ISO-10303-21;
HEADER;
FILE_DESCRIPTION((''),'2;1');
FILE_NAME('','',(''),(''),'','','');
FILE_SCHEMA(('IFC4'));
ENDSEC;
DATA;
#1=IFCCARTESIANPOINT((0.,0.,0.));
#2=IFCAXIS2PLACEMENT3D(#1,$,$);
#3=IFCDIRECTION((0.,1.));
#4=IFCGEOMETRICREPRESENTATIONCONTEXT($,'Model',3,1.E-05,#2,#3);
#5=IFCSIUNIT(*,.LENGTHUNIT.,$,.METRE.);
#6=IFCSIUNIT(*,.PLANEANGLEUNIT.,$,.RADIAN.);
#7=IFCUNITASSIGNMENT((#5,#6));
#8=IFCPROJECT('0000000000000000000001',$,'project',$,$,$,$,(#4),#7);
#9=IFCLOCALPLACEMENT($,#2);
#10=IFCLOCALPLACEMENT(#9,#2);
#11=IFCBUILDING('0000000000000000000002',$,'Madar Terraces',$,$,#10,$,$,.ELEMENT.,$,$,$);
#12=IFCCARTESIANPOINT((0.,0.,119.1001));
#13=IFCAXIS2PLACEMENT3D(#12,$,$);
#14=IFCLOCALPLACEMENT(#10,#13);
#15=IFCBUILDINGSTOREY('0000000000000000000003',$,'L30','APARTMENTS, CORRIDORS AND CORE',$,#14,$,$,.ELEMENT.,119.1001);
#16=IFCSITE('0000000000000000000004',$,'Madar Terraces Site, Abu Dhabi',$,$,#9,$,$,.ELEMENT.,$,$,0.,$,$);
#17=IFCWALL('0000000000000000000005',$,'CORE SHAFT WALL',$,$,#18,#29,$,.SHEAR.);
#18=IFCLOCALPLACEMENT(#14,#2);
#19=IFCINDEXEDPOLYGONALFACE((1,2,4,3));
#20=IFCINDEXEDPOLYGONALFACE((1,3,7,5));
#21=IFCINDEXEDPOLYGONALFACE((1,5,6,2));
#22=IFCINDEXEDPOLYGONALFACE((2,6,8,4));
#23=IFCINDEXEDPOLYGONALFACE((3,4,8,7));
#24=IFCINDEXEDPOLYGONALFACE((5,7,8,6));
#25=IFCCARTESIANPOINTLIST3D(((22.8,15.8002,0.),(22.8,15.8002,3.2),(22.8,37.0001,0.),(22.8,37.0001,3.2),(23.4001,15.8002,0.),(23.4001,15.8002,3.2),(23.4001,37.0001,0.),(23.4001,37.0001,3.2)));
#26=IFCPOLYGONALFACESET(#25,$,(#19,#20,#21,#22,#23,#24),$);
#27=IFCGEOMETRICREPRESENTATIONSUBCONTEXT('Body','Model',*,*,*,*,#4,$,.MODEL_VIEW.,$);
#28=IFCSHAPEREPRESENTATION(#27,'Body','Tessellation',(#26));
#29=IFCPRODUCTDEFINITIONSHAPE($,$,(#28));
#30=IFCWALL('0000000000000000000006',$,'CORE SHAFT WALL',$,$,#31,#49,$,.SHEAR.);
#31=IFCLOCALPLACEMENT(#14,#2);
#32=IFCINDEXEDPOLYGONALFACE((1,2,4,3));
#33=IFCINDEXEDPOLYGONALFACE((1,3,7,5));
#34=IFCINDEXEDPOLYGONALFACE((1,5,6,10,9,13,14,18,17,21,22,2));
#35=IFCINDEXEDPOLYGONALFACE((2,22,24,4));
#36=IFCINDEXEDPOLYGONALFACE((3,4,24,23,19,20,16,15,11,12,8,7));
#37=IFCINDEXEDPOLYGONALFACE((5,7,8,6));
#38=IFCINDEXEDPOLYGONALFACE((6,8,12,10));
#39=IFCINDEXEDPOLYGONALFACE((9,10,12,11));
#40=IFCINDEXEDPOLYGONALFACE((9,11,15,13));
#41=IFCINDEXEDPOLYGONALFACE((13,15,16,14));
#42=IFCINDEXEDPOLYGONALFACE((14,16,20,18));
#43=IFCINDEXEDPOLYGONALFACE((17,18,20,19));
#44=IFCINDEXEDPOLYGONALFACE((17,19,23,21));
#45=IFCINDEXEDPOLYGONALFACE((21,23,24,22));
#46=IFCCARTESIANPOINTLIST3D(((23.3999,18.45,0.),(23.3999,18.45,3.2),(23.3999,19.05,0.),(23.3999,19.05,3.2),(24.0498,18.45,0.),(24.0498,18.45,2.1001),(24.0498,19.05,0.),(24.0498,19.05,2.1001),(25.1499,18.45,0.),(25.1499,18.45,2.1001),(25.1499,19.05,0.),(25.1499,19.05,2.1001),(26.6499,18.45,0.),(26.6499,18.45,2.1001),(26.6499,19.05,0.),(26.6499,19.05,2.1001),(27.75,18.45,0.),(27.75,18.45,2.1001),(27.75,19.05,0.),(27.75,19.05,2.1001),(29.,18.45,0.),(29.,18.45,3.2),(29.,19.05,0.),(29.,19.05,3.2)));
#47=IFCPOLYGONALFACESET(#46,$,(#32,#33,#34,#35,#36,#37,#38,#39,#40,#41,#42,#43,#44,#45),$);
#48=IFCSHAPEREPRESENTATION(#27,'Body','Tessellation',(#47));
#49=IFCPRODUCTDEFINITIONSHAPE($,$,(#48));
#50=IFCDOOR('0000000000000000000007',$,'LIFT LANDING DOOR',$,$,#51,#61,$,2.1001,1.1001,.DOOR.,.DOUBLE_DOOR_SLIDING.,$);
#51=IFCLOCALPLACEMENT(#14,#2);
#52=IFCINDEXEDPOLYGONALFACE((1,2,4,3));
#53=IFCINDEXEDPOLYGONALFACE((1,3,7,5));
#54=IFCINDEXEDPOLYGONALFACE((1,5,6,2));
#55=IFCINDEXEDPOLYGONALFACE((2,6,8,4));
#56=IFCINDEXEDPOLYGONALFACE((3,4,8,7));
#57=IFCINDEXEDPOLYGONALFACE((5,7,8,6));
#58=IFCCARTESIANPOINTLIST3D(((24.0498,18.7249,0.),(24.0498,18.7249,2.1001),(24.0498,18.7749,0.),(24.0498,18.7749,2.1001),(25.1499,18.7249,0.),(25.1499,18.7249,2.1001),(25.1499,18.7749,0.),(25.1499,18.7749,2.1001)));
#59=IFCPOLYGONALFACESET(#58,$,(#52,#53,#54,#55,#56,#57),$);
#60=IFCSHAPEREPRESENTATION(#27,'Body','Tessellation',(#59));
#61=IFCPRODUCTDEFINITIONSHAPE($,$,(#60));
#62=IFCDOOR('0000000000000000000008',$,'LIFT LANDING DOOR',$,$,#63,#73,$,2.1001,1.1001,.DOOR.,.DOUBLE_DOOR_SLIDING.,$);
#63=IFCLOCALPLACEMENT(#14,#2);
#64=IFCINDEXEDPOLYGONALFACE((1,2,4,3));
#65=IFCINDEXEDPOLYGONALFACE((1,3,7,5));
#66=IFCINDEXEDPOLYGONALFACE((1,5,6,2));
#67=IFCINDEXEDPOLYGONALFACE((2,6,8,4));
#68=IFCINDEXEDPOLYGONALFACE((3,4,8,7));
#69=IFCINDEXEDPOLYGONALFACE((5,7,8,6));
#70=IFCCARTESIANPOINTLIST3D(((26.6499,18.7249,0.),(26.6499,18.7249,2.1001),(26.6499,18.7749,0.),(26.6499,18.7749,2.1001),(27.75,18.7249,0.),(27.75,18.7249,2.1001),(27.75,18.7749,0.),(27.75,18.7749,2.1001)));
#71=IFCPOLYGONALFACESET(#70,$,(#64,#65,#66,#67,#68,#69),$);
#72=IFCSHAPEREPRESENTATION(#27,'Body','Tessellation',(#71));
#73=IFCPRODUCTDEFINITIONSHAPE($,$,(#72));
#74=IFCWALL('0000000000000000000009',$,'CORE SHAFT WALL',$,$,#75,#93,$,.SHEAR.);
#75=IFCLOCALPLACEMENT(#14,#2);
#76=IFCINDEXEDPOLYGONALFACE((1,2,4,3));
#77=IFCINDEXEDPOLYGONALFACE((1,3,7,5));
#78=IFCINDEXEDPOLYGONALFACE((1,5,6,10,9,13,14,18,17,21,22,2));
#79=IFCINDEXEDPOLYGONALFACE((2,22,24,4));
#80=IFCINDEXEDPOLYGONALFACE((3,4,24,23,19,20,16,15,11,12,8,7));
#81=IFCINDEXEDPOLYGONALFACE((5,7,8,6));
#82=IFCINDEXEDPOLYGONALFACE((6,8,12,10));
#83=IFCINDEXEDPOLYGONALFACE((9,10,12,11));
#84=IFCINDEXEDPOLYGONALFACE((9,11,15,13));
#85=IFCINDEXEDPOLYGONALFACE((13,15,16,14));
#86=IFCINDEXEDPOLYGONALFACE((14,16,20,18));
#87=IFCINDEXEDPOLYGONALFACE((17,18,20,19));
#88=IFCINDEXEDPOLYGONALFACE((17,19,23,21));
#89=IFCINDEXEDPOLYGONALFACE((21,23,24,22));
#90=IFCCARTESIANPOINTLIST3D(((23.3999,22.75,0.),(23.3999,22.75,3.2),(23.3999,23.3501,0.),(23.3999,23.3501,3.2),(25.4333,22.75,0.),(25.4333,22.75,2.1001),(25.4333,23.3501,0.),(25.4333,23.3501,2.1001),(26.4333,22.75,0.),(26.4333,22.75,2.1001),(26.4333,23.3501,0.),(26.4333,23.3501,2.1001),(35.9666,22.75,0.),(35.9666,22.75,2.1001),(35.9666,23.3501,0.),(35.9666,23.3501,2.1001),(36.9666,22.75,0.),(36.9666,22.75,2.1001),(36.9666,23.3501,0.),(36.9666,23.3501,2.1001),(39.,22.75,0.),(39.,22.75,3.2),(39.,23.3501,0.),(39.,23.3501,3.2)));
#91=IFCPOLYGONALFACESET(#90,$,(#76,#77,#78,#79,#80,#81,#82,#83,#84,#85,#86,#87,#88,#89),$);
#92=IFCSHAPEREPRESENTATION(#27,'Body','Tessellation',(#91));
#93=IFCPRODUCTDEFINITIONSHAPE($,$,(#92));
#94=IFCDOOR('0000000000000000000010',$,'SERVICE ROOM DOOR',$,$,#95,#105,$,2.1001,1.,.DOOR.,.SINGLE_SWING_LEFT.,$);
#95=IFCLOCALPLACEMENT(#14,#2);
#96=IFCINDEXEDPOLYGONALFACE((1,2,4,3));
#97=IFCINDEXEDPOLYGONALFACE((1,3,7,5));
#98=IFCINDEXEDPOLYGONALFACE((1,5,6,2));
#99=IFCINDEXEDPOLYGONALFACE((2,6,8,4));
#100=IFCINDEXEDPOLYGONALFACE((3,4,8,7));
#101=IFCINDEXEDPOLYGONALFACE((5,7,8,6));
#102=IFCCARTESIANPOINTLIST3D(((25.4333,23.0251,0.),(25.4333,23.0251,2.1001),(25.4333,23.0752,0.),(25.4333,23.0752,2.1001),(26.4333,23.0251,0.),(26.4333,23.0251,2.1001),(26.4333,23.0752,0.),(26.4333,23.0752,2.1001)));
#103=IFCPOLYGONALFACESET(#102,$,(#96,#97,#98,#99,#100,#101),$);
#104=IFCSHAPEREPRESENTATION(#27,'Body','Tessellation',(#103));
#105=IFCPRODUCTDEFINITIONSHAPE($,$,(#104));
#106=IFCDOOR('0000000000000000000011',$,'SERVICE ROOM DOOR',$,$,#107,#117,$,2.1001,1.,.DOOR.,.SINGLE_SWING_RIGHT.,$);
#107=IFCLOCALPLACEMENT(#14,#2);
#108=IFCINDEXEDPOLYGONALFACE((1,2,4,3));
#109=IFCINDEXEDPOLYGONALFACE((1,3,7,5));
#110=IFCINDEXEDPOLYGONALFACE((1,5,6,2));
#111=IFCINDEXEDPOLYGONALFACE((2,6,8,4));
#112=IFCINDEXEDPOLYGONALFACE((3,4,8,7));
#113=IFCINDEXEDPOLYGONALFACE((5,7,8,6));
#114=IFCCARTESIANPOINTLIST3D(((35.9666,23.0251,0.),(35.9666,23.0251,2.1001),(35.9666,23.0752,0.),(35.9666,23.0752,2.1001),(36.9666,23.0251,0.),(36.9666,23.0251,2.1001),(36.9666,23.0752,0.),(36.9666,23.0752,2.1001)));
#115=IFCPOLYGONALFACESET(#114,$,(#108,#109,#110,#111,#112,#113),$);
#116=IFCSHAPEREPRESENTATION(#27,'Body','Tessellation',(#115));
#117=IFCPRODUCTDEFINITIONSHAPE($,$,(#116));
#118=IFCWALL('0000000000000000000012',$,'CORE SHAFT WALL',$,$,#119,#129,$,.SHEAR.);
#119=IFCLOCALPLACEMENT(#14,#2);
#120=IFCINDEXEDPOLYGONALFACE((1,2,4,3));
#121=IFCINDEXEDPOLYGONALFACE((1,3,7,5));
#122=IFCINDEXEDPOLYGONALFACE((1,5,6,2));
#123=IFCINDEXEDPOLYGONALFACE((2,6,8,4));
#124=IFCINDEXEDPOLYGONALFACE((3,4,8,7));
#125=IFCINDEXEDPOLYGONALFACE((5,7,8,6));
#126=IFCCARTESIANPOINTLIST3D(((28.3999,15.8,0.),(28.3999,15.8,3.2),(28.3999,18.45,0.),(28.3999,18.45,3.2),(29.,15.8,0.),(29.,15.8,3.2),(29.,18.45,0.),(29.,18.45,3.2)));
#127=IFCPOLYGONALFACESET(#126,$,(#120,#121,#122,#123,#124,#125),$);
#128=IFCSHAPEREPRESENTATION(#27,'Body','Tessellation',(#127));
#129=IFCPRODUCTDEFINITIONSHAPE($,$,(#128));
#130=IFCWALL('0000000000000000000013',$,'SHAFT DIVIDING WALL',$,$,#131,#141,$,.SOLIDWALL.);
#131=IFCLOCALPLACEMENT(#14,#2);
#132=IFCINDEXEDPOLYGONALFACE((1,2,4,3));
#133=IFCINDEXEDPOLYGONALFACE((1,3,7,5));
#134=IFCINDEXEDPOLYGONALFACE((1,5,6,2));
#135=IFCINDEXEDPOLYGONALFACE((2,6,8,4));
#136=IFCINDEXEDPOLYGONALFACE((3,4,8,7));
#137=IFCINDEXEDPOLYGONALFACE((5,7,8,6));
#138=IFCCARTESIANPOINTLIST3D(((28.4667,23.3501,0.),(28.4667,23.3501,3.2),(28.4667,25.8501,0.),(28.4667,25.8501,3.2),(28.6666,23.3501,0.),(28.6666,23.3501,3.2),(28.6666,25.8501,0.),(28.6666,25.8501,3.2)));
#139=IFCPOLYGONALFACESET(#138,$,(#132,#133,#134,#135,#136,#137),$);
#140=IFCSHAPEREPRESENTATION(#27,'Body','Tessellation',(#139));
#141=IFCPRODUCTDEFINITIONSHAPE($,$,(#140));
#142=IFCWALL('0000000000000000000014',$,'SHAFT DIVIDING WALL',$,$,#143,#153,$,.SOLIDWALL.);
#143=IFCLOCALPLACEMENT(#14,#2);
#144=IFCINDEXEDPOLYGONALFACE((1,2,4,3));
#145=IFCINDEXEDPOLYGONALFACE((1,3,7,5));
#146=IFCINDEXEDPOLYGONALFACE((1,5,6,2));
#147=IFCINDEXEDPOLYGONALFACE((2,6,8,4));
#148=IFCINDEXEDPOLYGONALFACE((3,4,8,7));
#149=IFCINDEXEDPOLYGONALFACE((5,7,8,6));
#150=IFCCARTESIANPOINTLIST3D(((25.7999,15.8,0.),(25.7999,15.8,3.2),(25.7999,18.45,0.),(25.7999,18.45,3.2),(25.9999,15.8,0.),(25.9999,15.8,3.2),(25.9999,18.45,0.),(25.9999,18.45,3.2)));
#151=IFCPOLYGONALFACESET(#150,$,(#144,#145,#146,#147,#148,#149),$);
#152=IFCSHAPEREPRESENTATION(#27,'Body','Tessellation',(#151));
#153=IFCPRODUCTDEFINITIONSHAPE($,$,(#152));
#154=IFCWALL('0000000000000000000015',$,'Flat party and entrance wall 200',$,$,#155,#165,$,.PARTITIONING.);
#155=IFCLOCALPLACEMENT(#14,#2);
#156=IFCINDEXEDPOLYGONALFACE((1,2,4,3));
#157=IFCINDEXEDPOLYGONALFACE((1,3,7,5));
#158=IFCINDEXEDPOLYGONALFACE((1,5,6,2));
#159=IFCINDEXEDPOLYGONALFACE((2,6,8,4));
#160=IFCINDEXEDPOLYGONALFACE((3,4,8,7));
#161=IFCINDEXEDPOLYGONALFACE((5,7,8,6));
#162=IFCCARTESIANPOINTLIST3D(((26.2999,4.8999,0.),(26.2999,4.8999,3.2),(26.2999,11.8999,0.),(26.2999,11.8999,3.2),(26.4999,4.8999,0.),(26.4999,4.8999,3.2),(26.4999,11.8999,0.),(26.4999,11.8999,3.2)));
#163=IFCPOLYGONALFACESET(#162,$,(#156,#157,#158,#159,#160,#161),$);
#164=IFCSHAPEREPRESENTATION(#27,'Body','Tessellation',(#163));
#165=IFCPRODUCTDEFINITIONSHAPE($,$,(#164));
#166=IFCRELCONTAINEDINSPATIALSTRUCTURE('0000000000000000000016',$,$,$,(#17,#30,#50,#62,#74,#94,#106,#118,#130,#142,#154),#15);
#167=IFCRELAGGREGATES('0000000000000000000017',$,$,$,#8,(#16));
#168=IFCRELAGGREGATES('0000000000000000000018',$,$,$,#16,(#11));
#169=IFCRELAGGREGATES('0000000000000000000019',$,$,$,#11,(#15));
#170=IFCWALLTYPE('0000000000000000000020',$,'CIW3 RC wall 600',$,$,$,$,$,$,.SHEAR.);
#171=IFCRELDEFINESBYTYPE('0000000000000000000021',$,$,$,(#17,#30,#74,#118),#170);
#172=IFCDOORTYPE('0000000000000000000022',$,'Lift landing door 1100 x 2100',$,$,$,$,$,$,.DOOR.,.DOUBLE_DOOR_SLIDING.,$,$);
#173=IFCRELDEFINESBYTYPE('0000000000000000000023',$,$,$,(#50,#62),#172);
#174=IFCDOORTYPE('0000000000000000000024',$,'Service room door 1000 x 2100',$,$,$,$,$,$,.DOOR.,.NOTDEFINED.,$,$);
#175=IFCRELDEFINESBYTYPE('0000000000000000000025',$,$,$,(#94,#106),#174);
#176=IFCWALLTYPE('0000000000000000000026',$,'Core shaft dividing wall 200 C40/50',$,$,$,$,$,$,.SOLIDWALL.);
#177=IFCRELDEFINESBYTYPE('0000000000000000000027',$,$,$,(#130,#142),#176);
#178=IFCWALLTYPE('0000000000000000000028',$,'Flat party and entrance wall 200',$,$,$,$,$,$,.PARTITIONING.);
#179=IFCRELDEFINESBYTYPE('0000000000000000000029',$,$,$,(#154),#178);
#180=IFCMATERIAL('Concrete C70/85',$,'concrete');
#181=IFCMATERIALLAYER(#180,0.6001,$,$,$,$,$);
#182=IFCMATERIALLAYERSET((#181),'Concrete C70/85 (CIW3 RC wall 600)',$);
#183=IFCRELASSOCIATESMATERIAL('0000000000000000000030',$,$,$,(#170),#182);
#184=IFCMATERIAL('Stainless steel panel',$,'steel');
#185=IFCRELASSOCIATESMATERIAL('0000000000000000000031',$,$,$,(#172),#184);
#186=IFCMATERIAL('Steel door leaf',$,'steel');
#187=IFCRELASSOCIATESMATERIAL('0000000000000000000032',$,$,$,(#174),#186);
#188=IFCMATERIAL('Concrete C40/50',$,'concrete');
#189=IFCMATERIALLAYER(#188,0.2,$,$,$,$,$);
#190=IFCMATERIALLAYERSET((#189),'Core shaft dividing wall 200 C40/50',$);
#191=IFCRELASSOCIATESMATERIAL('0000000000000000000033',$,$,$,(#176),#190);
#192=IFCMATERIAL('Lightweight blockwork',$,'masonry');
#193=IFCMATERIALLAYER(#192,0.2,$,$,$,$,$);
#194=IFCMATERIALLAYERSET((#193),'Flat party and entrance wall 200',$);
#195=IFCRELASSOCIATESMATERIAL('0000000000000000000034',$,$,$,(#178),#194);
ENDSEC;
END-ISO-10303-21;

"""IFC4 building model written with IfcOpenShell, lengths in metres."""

from ifc_helpers import new_model, si_unit, direction, frame, frame_2d, origin, place, context, subcontext, project, spatial, rectangle, extrude, material, layer, layer_set, type_object, element, fill, save


model = new_model("IFC4")

# Units and contexts
model_context = context("Model", 3, precision=1e-05, world=origin(), true_north=direction((0.0, 1.0)))
body_context = subcontext(model_context, "Body", "Model", "MODEL_VIEW")
ifc_project = project(units=[si_unit("LENGTHUNIT", "METRE"), si_unit("PLANEANGLEUNIT", "RADIAN")], contexts=[model_context])

# Site, building, storey
site_placement = place(None, origin())
site = spatial("IfcSite", under=ifc_project, at=site_placement, Name="Madar Terraces Site, Abu Dhabi", CompositionType="ELEMENT", RefElevation=0.0)
building_placement = place(site_placement, origin())
building = spatial("IfcBuilding", under=site, at=building_placement, Name="Madar Terraces", CompositionType="ELEMENT")
storey_placement = place(building_placement, frame((0.0, 0.0, 119.1001)))
storey = spatial("IfcBuildingStorey", under=building, at=storey_placement, Name="L30", Description="APARTMENTS, CORRIDORS AND CORE", CompositionType="ELEMENT", Elevation=119.1001)

# Wall
ifc_material_1 = material(Name="Concrete C70/85", Category="concrete")
ifc_layer_1 = layer(ifc_material_1, 0.6001)
ifc_layer_set_1 = layer_set([ifc_layer_1], Name="Concrete C70/85 (CIW3 RC wall 600)")
wall_type_1 = type_object("IfcWallType", Name="CIW3 RC wall 600", PredefinedType="SHEAR", material=ifc_layer_set_1)
wall_1_placement = place(storey_placement, frame((23.1001, 15.8, 0.0), z_axis=(0.0, 0.0, 1.0), x_axis=(0.0, 1.0, 0.0)))
element("IfcWall", 1, at=wall_1_placement, inside=storey, type_object=wall_type_1, Name="CORE SHAFT WALL", PredefinedType="SHEAR", context=body_context, shape_type="SweptSolid", body=[
    extrude(rectangle(XDim=21.2, YDim=0.6001, at=frame_2d((10.6001, 0.0))), origin(), (0.0, 0.0, 1.0), 3.2),
])

# Walls, openings, doors
wall_2_placement = place(storey_placement, frame((23.3999, 18.75, 0.0), z_axis=(0.0, 0.0, 1.0), x_axis=(1.0, 0.0, 0.0)))
wall_2 = element("IfcWall", 2, at=wall_2_placement, inside=storey, type_object=wall_type_1, Name="CORE SHAFT WALL", PredefinedType="SHEAR", context=body_context, shape_type="SweptSolid", body=[
    extrude(rectangle(XDim=5.6001, YDim=0.6001, at=frame_2d((2.8, 0.0))), origin(), (0.0, 0.0, 1.0), 3.2),
])
opening_1_placement = place(wall_2_placement, frame((0.6499, 0.0, 0.0)))
opening_1 = element("IfcOpeningElement", 3, at=opening_1_placement, cuts=wall_2, PredefinedType="OPENING", context=body_context, shape_type="SweptSolid", body=[
    extrude(rectangle(XDim=1.1001, YDim=2.1001, at=frame_2d((0.55, 1.05))), frame((0.0, 0.3101, 0.0), z_axis=(0.0, -1.0, 0.0), x_axis=(1.0, 0.0, 0.0)), (0.0, 0.0, 1.0), 0.6201),
])
opening_2_placement = place(wall_2_placement, frame((3.25, 0.0, 0.0)))
opening_2 = element("IfcOpeningElement", 4, at=opening_2_placement, cuts=wall_2, PredefinedType="OPENING", context=body_context, shape_type="SweptSolid", body=[
    extrude(rectangle(XDim=1.1001, YDim=2.1001, at=frame_2d((0.55, 1.05))), frame((0.0, 0.3101, 0.0), z_axis=(0.0, -1.0, 0.0), x_axis=(1.0, 0.0, 0.0)), (0.0, 0.0, 1.0), 0.6201),
])
ifc_material_2 = material(Name="Stainless steel panel", Category="steel")
door_type_1 = type_object("IfcDoorType", Name="Lift landing door 1100 x 2100", OperationType="DOUBLE_DOOR_SLIDING", PredefinedType="DOOR", material=ifc_material_2)
door_1_placement = place(opening_1_placement, origin())
door_1 = element("IfcDoor", 5, at=door_1_placement, inside=storey, type_object=door_type_1, Name="LIFT LANDING DOOR", OperationType="DOUBLE_DOOR_SLIDING", OverallHeight=2.1001, OverallWidth=1.1001, PredefinedType="DOOR", context=body_context, shape_type="SweptSolid", body=[
    extrude(rectangle(XDim=1.1001, YDim=2.1001, at=frame_2d((0.55, 1.05))), frame((0.0, 0.0249, 0.0), z_axis=(0.0, -1.0, 0.0), x_axis=(1.0, 0.0, 0.0)), (0.0, 0.0, 1.0), 0.05),
])
fill(opening_1, door_1)
door_2_placement = place(opening_2_placement, origin())
door_2 = element("IfcDoor", 6, at=door_2_placement, inside=storey, type_object=door_type_1, Name="LIFT LANDING DOOR", OperationType="DOUBLE_DOOR_SLIDING", OverallHeight=2.1001, OverallWidth=1.1001, PredefinedType="DOOR", context=body_context, shape_type="SweptSolid", body=[
    extrude(rectangle(XDim=1.1001, YDim=2.1001, at=frame_2d((0.55, 1.05))), frame((0.0, 0.0249, 0.0), z_axis=(0.0, -1.0, 0.0), x_axis=(1.0, 0.0, 0.0)), (0.0, 0.0, 1.0), 0.05),
])
fill(opening_2, door_2)
wall_3_placement = place(storey_placement, frame((23.3999, 23.05, 0.0), z_axis=(0.0, 0.0, 1.0), x_axis=(1.0, 0.0, 0.0)))
wall_3 = element("IfcWall", 7, at=wall_3_placement, inside=storey, type_object=wall_type_1, Name="CORE SHAFT WALL", PredefinedType="SHEAR", context=body_context, shape_type="SweptSolid", body=[
    extrude(rectangle(XDim=15.6001, YDim=0.6001, at=frame_2d((7.8, 0.0))), origin(), (0.0, 0.0, 1.0), 3.2),
])
opening_3_placement = place(wall_3_placement, frame((2.0334, 0.0, 0.0)))
opening_3 = element("IfcOpeningElement", 8, at=opening_3_placement, cuts=wall_3, PredefinedType="OPENING", context=body_context, shape_type="SweptSolid", body=[
    extrude(rectangle(XDim=1.0, YDim=2.1001, at=frame_2d((0.5, 1.05))), frame((0.0, 0.3101, 0.0), z_axis=(0.0, -1.0, 0.0), x_axis=(1.0, 0.0, 0.0)), (0.0, 0.0, 1.0), 0.6201),
])
opening_4_placement = place(wall_3_placement, frame((12.5667, 0.0, 0.0)))
opening_4 = element("IfcOpeningElement", 9, at=opening_4_placement, cuts=wall_3, PredefinedType="OPENING", context=body_context, shape_type="SweptSolid", body=[
    extrude(rectangle(XDim=1.0, YDim=2.1001, at=frame_2d((0.5, 1.05))), frame((0.0, 0.3101, 0.0), z_axis=(0.0, -1.0, 0.0), x_axis=(1.0, 0.0, 0.0)), (0.0, 0.0, 1.0), 0.6201),
])
ifc_material_3 = material(Name="Steel door leaf", Category="steel")
door_type_2 = type_object("IfcDoorType", Name="Service room door 1000 x 2100", OperationType="NOTDEFINED", PredefinedType="DOOR", material=ifc_material_3)
door_3_placement = place(opening_3_placement, frame((1.0, 0.0, 0.0), z_axis=(0.0, 0.0, 1.0), x_axis=(-1.0, 0.0, 0.0)))
door_3 = element("IfcDoor", 10, at=door_3_placement, inside=storey, type_object=door_type_2, Name="SERVICE ROOM DOOR", OperationType="SINGLE_SWING_LEFT", OverallHeight=2.1001, OverallWidth=1.0, PredefinedType="DOOR", context=body_context, shape_type="SweptSolid", body=[
    extrude(rectangle(XDim=1.0, YDim=2.1001, at=frame_2d((0.5, 1.05))), frame((0.0, 0.0249, 0.0), z_axis=(0.0, -1.0, 0.0), x_axis=(1.0, 0.0, 0.0)), (0.0, 0.0, 1.0), 0.05),
])
fill(opening_3, door_3)
door_4_placement = place(opening_4_placement, frame((1.0, 0.0, 0.0), z_axis=(0.0, 0.0, 1.0), x_axis=(-1.0, 0.0, 0.0)))
door_4 = element("IfcDoor", 11, at=door_4_placement, inside=storey, type_object=door_type_2, Name="SERVICE ROOM DOOR", OperationType="SINGLE_SWING_RIGHT", OverallHeight=2.1001, OverallWidth=1.0, PredefinedType="DOOR", context=body_context, shape_type="SweptSolid", body=[
    extrude(rectangle(XDim=1.0, YDim=2.1001, at=frame_2d((0.5, 1.05))), frame((0.0, 0.0249, 0.0), z_axis=(0.0, -1.0, 0.0), x_axis=(1.0, 0.0, 0.0)), (0.0, 0.0, 1.0), 0.05),
])
fill(opening_4, door_4)

# Walls
wall_4_placement = place(storey_placement, frame((28.7, 15.8, 0.0), z_axis=(0.0, 0.0, 1.0), x_axis=(0.0, 1.0, 0.0)))
element("IfcWall", 12, at=wall_4_placement, inside=storey, type_object=wall_type_1, Name="CORE SHAFT WALL", PredefinedType="SHEAR", context=body_context, shape_type="SweptSolid", body=[
    extrude(rectangle(XDim=2.6499, YDim=0.6001, at=frame_2d((1.325, 0.0))), origin(), (0.0, 0.0, 1.0), 3.2),
])
ifc_material_4 = material(Name="Concrete C40/50", Category="concrete")
ifc_layer_2 = layer(ifc_material_4, 0.2)
ifc_layer_set_2 = layer_set([ifc_layer_2], Name="Core shaft dividing wall 200 C40/50")
wall_type_2 = type_object("IfcWallType", Name="Core shaft dividing wall 200 C40/50", PredefinedType="SOLIDWALL", material=ifc_layer_set_2)
wall_5_placement = place(storey_placement, frame((28.5667, 23.3501, 0.0), z_axis=(0.0, 0.0, 1.0), x_axis=(0.0, 1.0, 0.0)))
element("IfcWall", 13, at=wall_5_placement, inside=storey, type_object=wall_type_2, Name="SHAFT DIVIDING WALL", PredefinedType="SOLIDWALL", context=body_context, shape_type="SweptSolid", body=[
    extrude(rectangle(XDim=2.5, YDim=0.2, at=frame_2d((1.25, 0.0))), origin(), (0.0, 0.0, 1.0), 3.2),
])
wall_6_placement = place(storey_placement, frame((25.8999, 15.8, 0.0), z_axis=(0.0, 0.0, 1.0), x_axis=(0.0, 1.0, 0.0)))
element("IfcWall", 14, at=wall_6_placement, inside=storey, type_object=wall_type_2, Name="SHAFT DIVIDING WALL", PredefinedType="SOLIDWALL", context=body_context, shape_type="SweptSolid", body=[
    extrude(rectangle(XDim=2.6499, YDim=0.2, at=frame_2d((1.325, 0.0))), origin(), (0.0, 0.0, 1.0), 3.2),
])
ifc_material_5 = material(Name="Lightweight blockwork", Category="masonry")
ifc_layer_3 = layer(ifc_material_5, 0.2)
ifc_layer_set_3 = layer_set([ifc_layer_3], Name="Flat party and entrance wall 200")
wall_type_3 = type_object("IfcWallType", Name="Flat party and entrance wall 200", PredefinedType="PARTITIONING", material=ifc_layer_set_3)
wall_7_placement = place(storey_placement, frame((26.3999, 11.8999, 0.0), z_axis=(0.0, 0.0, 1.0), x_axis=(0.0, -1.0, 0.0)))
element("IfcWall", 15, at=wall_7_placement, inside=storey, type_object=wall_type_3, Name="Flat party and entrance wall 200", PredefinedType="PARTITIONING", context=body_context, shape_type="SweptSolid", body=[
    extrude(rectangle(XDim=7.0, YDim=0.2, at=frame_2d((3.5, 0.0))), origin(), (0.0, 0.0, 1.0), 3.2),
])

save(model, "model.ifc")
